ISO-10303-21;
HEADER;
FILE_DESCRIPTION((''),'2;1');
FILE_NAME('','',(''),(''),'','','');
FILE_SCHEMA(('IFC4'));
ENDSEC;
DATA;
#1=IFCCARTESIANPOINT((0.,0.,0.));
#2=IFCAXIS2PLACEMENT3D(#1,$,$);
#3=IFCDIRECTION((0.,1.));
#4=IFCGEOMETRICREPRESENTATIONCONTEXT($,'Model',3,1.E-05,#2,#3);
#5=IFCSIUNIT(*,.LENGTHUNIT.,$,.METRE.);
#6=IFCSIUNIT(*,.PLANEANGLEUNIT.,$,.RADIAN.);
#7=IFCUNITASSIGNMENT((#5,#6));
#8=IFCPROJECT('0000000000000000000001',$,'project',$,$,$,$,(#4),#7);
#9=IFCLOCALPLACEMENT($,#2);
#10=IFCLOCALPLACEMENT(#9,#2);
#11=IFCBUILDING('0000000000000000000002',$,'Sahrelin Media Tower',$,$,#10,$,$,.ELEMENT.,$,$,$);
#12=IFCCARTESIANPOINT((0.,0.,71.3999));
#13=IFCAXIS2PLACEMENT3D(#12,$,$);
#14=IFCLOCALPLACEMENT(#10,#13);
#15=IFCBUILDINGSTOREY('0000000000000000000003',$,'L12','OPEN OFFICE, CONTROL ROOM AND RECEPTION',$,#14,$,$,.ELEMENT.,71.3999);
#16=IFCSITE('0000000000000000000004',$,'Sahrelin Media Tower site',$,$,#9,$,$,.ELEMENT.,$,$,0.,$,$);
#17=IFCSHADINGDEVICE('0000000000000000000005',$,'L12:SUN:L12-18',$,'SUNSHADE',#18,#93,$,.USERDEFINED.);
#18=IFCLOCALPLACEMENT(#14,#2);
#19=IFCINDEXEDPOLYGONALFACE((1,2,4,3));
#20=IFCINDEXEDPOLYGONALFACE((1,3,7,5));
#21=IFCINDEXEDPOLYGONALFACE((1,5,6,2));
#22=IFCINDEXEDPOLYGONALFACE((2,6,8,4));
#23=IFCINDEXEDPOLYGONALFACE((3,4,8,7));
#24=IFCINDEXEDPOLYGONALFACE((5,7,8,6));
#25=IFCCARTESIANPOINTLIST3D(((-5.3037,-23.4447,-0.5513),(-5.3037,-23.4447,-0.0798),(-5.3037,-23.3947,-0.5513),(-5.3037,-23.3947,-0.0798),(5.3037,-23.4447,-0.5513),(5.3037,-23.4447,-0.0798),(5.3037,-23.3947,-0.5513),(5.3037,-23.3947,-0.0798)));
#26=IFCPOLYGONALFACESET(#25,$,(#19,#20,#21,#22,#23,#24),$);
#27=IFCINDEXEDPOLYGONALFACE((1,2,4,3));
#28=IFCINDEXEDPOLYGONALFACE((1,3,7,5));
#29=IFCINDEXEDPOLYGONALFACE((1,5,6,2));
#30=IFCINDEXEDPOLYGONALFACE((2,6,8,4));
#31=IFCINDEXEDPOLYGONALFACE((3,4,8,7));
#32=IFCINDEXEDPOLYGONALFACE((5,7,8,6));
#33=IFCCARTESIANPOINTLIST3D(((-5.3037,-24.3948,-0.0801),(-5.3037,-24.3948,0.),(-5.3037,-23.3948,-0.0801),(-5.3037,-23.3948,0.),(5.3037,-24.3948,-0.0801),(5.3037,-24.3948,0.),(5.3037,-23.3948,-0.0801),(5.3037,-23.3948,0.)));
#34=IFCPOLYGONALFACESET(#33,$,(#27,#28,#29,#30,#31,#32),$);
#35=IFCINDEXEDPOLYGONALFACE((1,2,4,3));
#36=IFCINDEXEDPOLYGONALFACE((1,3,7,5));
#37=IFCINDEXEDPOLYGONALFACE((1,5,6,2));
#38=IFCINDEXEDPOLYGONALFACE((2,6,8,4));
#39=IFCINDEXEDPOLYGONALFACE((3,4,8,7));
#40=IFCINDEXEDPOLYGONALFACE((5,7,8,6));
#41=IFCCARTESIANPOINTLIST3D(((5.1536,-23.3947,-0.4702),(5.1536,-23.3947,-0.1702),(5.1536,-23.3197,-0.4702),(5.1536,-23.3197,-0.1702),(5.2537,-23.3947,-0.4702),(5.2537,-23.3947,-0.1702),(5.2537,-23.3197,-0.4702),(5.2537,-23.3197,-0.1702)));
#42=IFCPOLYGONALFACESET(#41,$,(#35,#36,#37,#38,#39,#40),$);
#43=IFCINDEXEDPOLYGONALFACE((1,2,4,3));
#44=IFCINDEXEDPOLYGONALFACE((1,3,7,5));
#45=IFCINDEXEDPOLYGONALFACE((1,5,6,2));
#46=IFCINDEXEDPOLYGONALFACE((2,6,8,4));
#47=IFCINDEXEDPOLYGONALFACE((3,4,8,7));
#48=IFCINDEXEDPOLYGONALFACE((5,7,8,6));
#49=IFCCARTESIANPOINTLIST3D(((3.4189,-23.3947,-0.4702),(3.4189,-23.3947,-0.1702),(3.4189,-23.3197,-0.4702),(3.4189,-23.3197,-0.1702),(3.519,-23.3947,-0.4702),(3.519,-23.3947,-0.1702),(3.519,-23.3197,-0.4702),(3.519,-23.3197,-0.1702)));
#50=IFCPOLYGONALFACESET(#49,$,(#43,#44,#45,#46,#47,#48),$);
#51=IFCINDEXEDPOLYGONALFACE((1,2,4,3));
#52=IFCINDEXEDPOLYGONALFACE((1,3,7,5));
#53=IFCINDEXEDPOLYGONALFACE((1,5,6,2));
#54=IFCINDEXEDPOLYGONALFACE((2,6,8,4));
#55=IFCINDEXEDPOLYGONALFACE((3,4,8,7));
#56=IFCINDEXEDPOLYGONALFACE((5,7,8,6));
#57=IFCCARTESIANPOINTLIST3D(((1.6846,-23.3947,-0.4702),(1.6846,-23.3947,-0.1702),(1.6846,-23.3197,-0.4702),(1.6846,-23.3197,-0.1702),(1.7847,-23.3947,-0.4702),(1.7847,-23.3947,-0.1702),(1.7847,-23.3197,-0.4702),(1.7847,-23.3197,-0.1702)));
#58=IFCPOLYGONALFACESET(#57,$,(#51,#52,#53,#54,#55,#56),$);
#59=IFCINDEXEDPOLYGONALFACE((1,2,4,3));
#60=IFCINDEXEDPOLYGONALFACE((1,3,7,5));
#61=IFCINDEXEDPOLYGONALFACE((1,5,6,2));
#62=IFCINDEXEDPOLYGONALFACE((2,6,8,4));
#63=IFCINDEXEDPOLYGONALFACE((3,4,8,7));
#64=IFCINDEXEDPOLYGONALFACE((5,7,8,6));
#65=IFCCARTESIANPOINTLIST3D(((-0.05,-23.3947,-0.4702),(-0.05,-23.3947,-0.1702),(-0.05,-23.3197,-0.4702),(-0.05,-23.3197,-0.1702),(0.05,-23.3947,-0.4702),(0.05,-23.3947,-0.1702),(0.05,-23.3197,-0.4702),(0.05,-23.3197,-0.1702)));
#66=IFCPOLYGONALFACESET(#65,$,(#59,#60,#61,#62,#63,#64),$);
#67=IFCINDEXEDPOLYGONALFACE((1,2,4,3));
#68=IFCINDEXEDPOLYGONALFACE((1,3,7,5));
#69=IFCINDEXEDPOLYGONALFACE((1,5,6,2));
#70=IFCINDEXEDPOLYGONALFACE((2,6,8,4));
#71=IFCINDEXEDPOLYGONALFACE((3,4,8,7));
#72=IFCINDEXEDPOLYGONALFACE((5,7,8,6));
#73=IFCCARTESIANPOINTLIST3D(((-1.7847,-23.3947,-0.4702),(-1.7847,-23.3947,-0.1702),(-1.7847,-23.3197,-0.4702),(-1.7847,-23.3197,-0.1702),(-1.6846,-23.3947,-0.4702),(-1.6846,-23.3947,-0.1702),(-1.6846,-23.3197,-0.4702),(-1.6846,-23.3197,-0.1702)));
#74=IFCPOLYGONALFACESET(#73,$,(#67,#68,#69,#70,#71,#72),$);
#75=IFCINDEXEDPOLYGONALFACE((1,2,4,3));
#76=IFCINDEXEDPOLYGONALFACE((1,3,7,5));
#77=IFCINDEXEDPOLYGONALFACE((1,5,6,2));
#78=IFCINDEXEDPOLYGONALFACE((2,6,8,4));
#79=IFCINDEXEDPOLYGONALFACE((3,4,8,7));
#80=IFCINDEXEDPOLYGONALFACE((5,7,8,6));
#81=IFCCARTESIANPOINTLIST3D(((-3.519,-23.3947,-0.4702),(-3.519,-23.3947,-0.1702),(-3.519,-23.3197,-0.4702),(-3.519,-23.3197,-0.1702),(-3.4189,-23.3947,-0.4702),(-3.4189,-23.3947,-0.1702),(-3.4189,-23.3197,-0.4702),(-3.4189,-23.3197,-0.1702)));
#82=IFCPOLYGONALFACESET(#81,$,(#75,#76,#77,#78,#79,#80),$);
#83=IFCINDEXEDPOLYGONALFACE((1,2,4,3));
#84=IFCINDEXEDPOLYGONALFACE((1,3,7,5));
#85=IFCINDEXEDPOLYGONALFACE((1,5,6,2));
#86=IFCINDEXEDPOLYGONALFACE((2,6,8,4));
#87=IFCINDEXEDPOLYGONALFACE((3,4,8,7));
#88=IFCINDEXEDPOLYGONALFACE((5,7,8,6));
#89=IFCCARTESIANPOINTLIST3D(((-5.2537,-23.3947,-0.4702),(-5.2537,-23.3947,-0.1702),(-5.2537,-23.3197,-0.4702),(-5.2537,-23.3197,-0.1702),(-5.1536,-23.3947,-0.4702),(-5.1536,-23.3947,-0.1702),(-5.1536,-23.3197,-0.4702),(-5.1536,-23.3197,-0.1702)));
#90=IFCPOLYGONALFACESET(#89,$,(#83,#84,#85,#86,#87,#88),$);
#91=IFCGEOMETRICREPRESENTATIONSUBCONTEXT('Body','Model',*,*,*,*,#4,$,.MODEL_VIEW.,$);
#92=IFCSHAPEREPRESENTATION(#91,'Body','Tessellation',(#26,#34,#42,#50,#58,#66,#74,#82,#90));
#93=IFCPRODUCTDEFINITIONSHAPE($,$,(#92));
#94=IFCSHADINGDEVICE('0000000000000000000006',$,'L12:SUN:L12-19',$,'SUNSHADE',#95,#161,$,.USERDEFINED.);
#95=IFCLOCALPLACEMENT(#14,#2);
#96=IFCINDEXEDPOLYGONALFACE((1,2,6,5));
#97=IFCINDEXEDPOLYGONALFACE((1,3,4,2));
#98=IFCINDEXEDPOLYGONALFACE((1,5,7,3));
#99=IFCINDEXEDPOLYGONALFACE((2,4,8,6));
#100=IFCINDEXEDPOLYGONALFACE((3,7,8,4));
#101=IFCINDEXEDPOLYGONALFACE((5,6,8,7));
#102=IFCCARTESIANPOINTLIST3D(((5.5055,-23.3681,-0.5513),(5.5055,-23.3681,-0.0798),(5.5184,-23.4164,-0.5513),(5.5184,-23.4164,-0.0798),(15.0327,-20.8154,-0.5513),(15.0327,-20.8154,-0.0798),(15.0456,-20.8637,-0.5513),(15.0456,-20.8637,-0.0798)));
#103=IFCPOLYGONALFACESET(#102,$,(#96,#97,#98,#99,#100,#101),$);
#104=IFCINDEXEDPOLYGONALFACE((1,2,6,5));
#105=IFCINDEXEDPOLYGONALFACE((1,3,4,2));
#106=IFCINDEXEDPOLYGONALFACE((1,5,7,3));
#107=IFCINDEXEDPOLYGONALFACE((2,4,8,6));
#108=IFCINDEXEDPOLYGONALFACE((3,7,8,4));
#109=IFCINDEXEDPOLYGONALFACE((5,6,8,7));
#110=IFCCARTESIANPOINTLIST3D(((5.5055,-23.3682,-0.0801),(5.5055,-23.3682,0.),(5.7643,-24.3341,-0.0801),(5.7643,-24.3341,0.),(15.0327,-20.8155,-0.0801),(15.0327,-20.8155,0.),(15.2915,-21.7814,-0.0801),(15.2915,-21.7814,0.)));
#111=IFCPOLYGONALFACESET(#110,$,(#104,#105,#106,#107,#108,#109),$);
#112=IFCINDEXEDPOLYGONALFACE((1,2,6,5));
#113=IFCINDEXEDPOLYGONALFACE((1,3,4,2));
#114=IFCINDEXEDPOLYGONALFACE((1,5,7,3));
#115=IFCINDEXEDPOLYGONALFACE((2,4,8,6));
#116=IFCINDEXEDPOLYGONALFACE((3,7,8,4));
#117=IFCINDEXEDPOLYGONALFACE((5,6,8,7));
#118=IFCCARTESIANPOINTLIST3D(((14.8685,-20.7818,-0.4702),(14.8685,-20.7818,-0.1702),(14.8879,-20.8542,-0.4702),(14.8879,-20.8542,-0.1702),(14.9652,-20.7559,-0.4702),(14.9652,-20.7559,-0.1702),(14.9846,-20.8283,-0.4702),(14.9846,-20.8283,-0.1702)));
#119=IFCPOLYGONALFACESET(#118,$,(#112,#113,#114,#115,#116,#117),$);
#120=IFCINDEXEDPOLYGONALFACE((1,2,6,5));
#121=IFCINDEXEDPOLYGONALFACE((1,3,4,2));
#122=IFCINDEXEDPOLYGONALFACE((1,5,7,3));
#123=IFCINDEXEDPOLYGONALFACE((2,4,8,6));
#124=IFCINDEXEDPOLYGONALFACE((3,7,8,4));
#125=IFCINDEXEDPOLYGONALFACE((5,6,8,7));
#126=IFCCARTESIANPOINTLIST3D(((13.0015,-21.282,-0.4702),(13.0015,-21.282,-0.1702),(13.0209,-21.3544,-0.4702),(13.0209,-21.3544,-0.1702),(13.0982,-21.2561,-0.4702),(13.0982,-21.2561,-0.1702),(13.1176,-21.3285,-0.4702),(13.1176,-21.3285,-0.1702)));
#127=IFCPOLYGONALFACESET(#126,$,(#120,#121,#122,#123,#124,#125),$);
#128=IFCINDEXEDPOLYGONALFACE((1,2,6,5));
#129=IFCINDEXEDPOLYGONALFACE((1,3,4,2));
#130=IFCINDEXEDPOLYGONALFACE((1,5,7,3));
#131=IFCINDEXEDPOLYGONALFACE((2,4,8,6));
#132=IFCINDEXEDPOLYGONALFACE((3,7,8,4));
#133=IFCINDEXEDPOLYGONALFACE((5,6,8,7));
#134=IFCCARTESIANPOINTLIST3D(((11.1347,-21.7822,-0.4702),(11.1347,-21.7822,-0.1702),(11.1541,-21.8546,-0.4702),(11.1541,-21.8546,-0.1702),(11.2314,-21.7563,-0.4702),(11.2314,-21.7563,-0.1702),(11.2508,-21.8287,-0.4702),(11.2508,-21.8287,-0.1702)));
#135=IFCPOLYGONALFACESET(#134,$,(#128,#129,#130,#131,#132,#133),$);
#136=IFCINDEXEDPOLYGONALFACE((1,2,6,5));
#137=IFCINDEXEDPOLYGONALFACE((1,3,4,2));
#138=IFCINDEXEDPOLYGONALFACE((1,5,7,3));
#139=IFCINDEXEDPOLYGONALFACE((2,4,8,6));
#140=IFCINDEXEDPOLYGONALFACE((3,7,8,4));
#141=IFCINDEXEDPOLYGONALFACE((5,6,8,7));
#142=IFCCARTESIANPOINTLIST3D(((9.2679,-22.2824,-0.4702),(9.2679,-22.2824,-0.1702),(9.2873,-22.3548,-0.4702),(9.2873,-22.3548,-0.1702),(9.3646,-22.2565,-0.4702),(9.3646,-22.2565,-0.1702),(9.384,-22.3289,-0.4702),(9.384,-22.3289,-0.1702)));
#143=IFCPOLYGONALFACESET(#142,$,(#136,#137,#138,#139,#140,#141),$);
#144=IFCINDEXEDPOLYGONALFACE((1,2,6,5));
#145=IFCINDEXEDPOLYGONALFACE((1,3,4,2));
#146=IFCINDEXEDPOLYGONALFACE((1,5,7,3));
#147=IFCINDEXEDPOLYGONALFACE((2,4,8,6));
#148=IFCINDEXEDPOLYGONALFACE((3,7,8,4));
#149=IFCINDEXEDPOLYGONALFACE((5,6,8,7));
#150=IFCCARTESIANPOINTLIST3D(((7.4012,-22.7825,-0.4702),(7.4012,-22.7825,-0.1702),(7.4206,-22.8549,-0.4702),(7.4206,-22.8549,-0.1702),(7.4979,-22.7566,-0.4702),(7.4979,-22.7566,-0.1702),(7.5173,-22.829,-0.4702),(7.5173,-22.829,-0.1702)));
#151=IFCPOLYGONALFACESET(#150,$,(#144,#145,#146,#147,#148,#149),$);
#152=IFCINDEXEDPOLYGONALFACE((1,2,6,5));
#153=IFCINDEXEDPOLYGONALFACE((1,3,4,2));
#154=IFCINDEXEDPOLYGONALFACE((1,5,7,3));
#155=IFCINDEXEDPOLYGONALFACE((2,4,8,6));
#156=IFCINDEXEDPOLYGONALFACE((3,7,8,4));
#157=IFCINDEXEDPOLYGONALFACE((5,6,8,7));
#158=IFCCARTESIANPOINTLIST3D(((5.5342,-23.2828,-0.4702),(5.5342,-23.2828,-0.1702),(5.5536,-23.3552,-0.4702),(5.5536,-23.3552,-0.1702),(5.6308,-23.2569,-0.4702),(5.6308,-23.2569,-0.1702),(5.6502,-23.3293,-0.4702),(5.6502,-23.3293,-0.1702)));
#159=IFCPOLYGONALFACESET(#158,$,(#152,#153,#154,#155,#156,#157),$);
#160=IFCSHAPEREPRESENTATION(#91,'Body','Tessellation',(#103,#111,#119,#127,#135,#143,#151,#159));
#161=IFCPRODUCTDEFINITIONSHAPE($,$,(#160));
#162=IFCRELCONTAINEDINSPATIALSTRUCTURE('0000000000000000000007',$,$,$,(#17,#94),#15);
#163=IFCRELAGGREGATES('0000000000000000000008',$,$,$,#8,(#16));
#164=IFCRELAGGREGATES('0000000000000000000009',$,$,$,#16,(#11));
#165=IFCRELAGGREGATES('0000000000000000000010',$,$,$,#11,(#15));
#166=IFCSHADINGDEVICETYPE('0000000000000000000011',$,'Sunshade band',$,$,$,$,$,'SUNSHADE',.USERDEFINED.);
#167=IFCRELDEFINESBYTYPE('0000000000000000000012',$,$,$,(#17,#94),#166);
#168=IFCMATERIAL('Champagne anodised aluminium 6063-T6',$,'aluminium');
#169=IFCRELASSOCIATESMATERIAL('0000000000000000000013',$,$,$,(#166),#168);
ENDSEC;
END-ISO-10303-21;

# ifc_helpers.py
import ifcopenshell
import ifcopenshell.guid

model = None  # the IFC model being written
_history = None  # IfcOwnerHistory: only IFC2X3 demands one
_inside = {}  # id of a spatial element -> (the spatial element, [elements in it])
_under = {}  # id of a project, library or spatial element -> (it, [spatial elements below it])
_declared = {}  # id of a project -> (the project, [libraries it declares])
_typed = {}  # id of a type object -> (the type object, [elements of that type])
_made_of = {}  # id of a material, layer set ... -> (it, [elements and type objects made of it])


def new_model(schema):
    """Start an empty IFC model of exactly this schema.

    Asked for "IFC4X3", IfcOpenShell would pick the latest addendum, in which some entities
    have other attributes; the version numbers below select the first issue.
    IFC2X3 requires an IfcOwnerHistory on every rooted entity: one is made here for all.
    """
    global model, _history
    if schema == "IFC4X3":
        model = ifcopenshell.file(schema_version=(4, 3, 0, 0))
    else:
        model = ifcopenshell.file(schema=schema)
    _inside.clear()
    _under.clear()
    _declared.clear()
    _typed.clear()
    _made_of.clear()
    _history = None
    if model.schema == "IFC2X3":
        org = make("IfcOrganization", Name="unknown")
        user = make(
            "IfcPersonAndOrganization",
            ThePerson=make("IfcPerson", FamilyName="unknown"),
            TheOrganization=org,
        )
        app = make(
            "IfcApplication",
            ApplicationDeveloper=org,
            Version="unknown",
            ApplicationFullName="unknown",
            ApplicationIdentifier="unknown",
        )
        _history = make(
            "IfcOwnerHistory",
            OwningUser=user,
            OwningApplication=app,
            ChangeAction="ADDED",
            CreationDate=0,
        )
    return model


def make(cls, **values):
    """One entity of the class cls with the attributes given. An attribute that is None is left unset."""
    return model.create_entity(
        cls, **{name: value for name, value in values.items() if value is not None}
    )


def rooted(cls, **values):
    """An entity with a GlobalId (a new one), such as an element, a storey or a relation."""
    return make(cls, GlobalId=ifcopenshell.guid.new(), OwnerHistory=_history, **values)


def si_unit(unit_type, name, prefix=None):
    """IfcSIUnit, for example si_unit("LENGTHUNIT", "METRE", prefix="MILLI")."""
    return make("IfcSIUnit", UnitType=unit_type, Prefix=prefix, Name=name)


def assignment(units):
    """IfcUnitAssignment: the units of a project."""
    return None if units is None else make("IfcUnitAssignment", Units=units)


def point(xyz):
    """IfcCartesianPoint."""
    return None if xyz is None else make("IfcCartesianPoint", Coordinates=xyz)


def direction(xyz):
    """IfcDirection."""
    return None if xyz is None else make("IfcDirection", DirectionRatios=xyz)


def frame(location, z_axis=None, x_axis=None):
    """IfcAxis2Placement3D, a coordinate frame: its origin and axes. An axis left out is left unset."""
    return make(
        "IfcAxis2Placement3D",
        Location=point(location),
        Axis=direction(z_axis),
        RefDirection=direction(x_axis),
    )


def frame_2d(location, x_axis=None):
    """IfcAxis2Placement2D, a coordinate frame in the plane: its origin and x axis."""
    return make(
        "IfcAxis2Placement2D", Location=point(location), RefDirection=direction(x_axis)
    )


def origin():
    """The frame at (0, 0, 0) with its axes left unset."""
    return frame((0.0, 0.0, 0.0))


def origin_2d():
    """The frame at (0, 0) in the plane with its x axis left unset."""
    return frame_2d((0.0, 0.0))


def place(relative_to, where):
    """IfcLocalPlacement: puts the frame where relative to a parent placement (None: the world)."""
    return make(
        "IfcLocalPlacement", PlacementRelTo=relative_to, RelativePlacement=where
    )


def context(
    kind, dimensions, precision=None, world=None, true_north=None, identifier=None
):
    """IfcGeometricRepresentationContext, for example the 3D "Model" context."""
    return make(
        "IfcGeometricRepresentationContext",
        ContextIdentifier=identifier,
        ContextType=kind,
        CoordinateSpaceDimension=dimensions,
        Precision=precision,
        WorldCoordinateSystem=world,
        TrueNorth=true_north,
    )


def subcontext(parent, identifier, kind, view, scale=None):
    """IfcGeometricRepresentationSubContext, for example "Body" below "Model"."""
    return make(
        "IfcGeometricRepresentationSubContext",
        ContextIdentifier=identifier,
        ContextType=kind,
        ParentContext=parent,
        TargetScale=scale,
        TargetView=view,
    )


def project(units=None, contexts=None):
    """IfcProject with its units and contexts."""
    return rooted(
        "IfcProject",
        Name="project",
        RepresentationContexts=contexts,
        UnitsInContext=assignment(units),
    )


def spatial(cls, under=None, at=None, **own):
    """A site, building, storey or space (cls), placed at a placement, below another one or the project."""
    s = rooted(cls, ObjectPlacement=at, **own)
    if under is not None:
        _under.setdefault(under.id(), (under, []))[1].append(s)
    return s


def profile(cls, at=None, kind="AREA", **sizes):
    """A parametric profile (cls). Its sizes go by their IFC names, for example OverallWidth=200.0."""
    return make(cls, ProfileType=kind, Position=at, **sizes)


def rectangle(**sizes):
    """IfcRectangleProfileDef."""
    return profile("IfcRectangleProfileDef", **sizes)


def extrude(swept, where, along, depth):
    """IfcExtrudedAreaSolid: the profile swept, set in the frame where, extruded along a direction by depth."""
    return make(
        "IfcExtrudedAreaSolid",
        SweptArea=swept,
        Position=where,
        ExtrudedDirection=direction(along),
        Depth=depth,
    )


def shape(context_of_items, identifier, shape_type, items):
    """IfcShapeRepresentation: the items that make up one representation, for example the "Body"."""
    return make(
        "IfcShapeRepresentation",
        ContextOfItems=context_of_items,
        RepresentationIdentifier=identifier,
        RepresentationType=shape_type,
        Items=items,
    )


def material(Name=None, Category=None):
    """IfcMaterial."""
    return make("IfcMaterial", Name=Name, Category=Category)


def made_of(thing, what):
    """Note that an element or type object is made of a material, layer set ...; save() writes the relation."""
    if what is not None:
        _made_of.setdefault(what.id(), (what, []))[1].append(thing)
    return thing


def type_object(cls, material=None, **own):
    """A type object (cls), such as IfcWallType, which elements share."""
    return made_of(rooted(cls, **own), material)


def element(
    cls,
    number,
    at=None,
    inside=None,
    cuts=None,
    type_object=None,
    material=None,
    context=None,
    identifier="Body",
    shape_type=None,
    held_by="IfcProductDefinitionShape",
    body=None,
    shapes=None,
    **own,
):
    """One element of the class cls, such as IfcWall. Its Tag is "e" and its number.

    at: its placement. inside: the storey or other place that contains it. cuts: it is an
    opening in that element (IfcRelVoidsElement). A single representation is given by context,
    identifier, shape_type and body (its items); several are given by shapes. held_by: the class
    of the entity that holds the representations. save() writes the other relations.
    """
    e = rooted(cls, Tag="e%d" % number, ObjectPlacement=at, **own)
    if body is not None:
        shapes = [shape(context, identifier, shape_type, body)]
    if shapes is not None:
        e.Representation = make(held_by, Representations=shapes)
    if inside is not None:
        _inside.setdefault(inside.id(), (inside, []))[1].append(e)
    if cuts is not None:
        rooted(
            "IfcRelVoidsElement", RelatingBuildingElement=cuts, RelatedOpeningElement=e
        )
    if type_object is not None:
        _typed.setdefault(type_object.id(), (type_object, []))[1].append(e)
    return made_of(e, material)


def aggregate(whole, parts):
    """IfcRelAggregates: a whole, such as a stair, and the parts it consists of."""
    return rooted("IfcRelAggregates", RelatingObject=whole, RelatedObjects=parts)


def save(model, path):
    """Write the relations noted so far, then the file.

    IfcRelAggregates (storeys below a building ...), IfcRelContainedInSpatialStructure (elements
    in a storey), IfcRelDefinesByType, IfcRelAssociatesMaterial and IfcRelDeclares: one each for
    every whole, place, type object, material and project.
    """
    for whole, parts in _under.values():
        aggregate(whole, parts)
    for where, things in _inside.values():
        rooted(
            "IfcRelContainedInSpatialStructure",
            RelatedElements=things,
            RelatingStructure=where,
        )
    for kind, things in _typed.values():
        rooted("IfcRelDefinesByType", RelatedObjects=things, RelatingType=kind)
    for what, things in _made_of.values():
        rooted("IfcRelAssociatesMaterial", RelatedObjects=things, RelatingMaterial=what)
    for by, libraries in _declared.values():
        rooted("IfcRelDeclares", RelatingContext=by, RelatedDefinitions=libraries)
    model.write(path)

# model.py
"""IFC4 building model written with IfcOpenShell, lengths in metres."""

from ifc_helpers import new_model, si_unit, direction, frame, origin, origin_2d, place, context, subcontext, project, spatial, rectangle, extrude, material, type_object, element, save


model = new_model("IFC4")

# Units and contexts
model_context = context("Model", 3, precision=1e-05, world=origin(), true_north=direction((0.0, 1.0)))
body_context = subcontext(model_context, "Body", "Model", "MODEL_VIEW")
ifc_project = project(units=[si_unit("LENGTHUNIT", "METRE"), si_unit("PLANEANGLEUNIT", "RADIAN")], contexts=[model_context])

# Site, building, storey
site_placement = place(None, origin())
site = spatial("IfcSite", under=ifc_project, at=site_placement, Name="Sahrelin Media Tower site", CompositionType="ELEMENT", RefElevation=0.0)
building_placement = place(site_placement, origin())
building = spatial("IfcBuilding", under=site, at=building_placement, Name="Sahrelin Media Tower", CompositionType="ELEMENT")
storey_placement = place(building_placement, frame((0.0, 0.0, 71.3999)))
storey = spatial("IfcBuildingStorey", under=building, at=storey_placement, Name="L12", Description="OPEN OFFICE, CONTROL ROOM AND RECEPTION", CompositionType="ELEMENT", Elevation=71.3999)

# Shared definitions
ifc_material_1 = material(Name="Champagne anodised aluminium 6063-T6", Category="aluminium")

# Shading devices
placement_1 = place(storey_placement, frame((0.0, -23.3748, 0.0), z_axis=(0.0, 0.0, 1.0), x_axis=(-1.0, 0.0, 0.0)))
placement_2 = place(storey_placement, frame((10.2639, -22.0725, 0.0), z_axis=(0.0, 0.0, 1.0), x_axis=(-0.965929, -0.258808, 0.0)))
shading_device_type_1 = type_object("IfcShadingDeviceType", Name="Sunshade band", ElementType="SUNSHADE", PredefinedType="USERDEFINED", material=ifc_material_1)
element("IfcShadingDevice", 1, at=placement_1, inside=storey, type_object=shading_device_type_1, Name="L12:SUN:L12-18", ObjectType="SUNSHADE", PredefinedType="USERDEFINED", context=body_context, shape_type="SweptSolid", body=[
    extrude(rectangle(XDim=10.6074, YDim=0.05, at=origin_2d()), frame((0.0, 0.0449, -0.5513)), (0.0, 0.0, 1.0), 0.4714),
    extrude(rectangle(XDim=10.6074, YDim=1.0, at=origin_2d()), frame((0.0, 0.52, -0.0801)), (0.0, 0.0, 1.0), 0.0801),
    extrude(rectangle(XDim=0.1001, YDim=0.075, at=origin_2d()), frame((-5.2036, -0.0176, -0.4702)), (0.0, 0.0, 1.0), 0.3),
    extrude(rectangle(XDim=0.1001, YDim=0.075, at=origin_2d()), frame((-3.469, -0.0176, -0.4702)), (0.0, 0.0, 1.0), 0.3),
    extrude(rectangle(XDim=0.1001, YDim=0.075, at=origin_2d()), frame((-1.7346, -0.0176, -0.4702)), (0.0, 0.0, 1.0), 0.3),
    extrude(rectangle(XDim=0.1001, YDim=0.075, at=origin_2d()), frame((0.0, -0.0176, -0.4702)), (0.0, 0.0, 1.0), 0.3),
    extrude(rectangle(XDim=0.1001, YDim=0.075, at=origin_2d()), frame((1.7346, -0.0176, -0.4702)), (0.0, 0.0, 1.0), 0.3),
    extrude(rectangle(XDim=0.1001, YDim=0.075, at=origin_2d()), frame((3.469, -0.0176, -0.4702)), (0.0, 0.0, 1.0), 0.3),
    extrude(rectangle(XDim=0.1001, YDim=0.075, at=origin_2d()), frame((5.2036, -0.0176, -0.4702)), (0.0, 0.0, 1.0), 0.3),
])
element("IfcShadingDevice", 2, at=placement_2, inside=storey, type_object=shading_device_type_1, Name="L12:SUN:L12-19", ObjectType="SUNSHADE", PredefinedType="USERDEFINED", context=body_context, shape_type="SweptSolid", body=[
    extrude(rectangle(XDim=9.8633, YDim=0.05, at=origin_2d()), frame((0.0, 0.0449, -0.5513)), (0.0, 0.0, 1.0), 0.4714),
    extrude(rectangle(XDim=9.8633, YDim=1.0, at=origin_2d()), frame((0.0, 0.52, -0.0801)), (0.0, 0.0, 1.0), 0.0801),
    extrude(rectangle(XDim=0.1001, YDim=0.075, at=origin_2d()), frame((-4.8318, -0.0176, -0.4702)), (0.0, 0.0, 1.0), 0.3),
    extrude(rectangle(XDim=0.1001, YDim=0.075, at=origin_2d()), frame((-2.8989, -0.0176, -0.4702)), (0.0, 0.0, 1.0), 0.3),
    extrude(rectangle(XDim=0.1001, YDim=0.075, at=origin_2d()), frame((-0.9663, -0.0176, -0.4702)), (0.0, 0.0, 1.0), 0.3),
    extrude(rectangle(XDim=0.1001, YDim=0.075, at=origin_2d()), frame((0.9663, -0.0176, -0.4702)), (0.0, 0.0, 1.0), 0.3),
    extrude(rectangle(XDim=0.1001, YDim=0.075, at=origin_2d()), frame((2.8989, -0.0176, -0.4702)), (0.0, 0.0, 1.0), 0.3),
    extrude(rectangle(XDim=0.1001, YDim=0.075, at=origin_2d()), frame((4.8318, -0.0176, -0.4702)), (0.0, 0.0, 1.0), 0.3),
])

save(model, "model.ifc")
